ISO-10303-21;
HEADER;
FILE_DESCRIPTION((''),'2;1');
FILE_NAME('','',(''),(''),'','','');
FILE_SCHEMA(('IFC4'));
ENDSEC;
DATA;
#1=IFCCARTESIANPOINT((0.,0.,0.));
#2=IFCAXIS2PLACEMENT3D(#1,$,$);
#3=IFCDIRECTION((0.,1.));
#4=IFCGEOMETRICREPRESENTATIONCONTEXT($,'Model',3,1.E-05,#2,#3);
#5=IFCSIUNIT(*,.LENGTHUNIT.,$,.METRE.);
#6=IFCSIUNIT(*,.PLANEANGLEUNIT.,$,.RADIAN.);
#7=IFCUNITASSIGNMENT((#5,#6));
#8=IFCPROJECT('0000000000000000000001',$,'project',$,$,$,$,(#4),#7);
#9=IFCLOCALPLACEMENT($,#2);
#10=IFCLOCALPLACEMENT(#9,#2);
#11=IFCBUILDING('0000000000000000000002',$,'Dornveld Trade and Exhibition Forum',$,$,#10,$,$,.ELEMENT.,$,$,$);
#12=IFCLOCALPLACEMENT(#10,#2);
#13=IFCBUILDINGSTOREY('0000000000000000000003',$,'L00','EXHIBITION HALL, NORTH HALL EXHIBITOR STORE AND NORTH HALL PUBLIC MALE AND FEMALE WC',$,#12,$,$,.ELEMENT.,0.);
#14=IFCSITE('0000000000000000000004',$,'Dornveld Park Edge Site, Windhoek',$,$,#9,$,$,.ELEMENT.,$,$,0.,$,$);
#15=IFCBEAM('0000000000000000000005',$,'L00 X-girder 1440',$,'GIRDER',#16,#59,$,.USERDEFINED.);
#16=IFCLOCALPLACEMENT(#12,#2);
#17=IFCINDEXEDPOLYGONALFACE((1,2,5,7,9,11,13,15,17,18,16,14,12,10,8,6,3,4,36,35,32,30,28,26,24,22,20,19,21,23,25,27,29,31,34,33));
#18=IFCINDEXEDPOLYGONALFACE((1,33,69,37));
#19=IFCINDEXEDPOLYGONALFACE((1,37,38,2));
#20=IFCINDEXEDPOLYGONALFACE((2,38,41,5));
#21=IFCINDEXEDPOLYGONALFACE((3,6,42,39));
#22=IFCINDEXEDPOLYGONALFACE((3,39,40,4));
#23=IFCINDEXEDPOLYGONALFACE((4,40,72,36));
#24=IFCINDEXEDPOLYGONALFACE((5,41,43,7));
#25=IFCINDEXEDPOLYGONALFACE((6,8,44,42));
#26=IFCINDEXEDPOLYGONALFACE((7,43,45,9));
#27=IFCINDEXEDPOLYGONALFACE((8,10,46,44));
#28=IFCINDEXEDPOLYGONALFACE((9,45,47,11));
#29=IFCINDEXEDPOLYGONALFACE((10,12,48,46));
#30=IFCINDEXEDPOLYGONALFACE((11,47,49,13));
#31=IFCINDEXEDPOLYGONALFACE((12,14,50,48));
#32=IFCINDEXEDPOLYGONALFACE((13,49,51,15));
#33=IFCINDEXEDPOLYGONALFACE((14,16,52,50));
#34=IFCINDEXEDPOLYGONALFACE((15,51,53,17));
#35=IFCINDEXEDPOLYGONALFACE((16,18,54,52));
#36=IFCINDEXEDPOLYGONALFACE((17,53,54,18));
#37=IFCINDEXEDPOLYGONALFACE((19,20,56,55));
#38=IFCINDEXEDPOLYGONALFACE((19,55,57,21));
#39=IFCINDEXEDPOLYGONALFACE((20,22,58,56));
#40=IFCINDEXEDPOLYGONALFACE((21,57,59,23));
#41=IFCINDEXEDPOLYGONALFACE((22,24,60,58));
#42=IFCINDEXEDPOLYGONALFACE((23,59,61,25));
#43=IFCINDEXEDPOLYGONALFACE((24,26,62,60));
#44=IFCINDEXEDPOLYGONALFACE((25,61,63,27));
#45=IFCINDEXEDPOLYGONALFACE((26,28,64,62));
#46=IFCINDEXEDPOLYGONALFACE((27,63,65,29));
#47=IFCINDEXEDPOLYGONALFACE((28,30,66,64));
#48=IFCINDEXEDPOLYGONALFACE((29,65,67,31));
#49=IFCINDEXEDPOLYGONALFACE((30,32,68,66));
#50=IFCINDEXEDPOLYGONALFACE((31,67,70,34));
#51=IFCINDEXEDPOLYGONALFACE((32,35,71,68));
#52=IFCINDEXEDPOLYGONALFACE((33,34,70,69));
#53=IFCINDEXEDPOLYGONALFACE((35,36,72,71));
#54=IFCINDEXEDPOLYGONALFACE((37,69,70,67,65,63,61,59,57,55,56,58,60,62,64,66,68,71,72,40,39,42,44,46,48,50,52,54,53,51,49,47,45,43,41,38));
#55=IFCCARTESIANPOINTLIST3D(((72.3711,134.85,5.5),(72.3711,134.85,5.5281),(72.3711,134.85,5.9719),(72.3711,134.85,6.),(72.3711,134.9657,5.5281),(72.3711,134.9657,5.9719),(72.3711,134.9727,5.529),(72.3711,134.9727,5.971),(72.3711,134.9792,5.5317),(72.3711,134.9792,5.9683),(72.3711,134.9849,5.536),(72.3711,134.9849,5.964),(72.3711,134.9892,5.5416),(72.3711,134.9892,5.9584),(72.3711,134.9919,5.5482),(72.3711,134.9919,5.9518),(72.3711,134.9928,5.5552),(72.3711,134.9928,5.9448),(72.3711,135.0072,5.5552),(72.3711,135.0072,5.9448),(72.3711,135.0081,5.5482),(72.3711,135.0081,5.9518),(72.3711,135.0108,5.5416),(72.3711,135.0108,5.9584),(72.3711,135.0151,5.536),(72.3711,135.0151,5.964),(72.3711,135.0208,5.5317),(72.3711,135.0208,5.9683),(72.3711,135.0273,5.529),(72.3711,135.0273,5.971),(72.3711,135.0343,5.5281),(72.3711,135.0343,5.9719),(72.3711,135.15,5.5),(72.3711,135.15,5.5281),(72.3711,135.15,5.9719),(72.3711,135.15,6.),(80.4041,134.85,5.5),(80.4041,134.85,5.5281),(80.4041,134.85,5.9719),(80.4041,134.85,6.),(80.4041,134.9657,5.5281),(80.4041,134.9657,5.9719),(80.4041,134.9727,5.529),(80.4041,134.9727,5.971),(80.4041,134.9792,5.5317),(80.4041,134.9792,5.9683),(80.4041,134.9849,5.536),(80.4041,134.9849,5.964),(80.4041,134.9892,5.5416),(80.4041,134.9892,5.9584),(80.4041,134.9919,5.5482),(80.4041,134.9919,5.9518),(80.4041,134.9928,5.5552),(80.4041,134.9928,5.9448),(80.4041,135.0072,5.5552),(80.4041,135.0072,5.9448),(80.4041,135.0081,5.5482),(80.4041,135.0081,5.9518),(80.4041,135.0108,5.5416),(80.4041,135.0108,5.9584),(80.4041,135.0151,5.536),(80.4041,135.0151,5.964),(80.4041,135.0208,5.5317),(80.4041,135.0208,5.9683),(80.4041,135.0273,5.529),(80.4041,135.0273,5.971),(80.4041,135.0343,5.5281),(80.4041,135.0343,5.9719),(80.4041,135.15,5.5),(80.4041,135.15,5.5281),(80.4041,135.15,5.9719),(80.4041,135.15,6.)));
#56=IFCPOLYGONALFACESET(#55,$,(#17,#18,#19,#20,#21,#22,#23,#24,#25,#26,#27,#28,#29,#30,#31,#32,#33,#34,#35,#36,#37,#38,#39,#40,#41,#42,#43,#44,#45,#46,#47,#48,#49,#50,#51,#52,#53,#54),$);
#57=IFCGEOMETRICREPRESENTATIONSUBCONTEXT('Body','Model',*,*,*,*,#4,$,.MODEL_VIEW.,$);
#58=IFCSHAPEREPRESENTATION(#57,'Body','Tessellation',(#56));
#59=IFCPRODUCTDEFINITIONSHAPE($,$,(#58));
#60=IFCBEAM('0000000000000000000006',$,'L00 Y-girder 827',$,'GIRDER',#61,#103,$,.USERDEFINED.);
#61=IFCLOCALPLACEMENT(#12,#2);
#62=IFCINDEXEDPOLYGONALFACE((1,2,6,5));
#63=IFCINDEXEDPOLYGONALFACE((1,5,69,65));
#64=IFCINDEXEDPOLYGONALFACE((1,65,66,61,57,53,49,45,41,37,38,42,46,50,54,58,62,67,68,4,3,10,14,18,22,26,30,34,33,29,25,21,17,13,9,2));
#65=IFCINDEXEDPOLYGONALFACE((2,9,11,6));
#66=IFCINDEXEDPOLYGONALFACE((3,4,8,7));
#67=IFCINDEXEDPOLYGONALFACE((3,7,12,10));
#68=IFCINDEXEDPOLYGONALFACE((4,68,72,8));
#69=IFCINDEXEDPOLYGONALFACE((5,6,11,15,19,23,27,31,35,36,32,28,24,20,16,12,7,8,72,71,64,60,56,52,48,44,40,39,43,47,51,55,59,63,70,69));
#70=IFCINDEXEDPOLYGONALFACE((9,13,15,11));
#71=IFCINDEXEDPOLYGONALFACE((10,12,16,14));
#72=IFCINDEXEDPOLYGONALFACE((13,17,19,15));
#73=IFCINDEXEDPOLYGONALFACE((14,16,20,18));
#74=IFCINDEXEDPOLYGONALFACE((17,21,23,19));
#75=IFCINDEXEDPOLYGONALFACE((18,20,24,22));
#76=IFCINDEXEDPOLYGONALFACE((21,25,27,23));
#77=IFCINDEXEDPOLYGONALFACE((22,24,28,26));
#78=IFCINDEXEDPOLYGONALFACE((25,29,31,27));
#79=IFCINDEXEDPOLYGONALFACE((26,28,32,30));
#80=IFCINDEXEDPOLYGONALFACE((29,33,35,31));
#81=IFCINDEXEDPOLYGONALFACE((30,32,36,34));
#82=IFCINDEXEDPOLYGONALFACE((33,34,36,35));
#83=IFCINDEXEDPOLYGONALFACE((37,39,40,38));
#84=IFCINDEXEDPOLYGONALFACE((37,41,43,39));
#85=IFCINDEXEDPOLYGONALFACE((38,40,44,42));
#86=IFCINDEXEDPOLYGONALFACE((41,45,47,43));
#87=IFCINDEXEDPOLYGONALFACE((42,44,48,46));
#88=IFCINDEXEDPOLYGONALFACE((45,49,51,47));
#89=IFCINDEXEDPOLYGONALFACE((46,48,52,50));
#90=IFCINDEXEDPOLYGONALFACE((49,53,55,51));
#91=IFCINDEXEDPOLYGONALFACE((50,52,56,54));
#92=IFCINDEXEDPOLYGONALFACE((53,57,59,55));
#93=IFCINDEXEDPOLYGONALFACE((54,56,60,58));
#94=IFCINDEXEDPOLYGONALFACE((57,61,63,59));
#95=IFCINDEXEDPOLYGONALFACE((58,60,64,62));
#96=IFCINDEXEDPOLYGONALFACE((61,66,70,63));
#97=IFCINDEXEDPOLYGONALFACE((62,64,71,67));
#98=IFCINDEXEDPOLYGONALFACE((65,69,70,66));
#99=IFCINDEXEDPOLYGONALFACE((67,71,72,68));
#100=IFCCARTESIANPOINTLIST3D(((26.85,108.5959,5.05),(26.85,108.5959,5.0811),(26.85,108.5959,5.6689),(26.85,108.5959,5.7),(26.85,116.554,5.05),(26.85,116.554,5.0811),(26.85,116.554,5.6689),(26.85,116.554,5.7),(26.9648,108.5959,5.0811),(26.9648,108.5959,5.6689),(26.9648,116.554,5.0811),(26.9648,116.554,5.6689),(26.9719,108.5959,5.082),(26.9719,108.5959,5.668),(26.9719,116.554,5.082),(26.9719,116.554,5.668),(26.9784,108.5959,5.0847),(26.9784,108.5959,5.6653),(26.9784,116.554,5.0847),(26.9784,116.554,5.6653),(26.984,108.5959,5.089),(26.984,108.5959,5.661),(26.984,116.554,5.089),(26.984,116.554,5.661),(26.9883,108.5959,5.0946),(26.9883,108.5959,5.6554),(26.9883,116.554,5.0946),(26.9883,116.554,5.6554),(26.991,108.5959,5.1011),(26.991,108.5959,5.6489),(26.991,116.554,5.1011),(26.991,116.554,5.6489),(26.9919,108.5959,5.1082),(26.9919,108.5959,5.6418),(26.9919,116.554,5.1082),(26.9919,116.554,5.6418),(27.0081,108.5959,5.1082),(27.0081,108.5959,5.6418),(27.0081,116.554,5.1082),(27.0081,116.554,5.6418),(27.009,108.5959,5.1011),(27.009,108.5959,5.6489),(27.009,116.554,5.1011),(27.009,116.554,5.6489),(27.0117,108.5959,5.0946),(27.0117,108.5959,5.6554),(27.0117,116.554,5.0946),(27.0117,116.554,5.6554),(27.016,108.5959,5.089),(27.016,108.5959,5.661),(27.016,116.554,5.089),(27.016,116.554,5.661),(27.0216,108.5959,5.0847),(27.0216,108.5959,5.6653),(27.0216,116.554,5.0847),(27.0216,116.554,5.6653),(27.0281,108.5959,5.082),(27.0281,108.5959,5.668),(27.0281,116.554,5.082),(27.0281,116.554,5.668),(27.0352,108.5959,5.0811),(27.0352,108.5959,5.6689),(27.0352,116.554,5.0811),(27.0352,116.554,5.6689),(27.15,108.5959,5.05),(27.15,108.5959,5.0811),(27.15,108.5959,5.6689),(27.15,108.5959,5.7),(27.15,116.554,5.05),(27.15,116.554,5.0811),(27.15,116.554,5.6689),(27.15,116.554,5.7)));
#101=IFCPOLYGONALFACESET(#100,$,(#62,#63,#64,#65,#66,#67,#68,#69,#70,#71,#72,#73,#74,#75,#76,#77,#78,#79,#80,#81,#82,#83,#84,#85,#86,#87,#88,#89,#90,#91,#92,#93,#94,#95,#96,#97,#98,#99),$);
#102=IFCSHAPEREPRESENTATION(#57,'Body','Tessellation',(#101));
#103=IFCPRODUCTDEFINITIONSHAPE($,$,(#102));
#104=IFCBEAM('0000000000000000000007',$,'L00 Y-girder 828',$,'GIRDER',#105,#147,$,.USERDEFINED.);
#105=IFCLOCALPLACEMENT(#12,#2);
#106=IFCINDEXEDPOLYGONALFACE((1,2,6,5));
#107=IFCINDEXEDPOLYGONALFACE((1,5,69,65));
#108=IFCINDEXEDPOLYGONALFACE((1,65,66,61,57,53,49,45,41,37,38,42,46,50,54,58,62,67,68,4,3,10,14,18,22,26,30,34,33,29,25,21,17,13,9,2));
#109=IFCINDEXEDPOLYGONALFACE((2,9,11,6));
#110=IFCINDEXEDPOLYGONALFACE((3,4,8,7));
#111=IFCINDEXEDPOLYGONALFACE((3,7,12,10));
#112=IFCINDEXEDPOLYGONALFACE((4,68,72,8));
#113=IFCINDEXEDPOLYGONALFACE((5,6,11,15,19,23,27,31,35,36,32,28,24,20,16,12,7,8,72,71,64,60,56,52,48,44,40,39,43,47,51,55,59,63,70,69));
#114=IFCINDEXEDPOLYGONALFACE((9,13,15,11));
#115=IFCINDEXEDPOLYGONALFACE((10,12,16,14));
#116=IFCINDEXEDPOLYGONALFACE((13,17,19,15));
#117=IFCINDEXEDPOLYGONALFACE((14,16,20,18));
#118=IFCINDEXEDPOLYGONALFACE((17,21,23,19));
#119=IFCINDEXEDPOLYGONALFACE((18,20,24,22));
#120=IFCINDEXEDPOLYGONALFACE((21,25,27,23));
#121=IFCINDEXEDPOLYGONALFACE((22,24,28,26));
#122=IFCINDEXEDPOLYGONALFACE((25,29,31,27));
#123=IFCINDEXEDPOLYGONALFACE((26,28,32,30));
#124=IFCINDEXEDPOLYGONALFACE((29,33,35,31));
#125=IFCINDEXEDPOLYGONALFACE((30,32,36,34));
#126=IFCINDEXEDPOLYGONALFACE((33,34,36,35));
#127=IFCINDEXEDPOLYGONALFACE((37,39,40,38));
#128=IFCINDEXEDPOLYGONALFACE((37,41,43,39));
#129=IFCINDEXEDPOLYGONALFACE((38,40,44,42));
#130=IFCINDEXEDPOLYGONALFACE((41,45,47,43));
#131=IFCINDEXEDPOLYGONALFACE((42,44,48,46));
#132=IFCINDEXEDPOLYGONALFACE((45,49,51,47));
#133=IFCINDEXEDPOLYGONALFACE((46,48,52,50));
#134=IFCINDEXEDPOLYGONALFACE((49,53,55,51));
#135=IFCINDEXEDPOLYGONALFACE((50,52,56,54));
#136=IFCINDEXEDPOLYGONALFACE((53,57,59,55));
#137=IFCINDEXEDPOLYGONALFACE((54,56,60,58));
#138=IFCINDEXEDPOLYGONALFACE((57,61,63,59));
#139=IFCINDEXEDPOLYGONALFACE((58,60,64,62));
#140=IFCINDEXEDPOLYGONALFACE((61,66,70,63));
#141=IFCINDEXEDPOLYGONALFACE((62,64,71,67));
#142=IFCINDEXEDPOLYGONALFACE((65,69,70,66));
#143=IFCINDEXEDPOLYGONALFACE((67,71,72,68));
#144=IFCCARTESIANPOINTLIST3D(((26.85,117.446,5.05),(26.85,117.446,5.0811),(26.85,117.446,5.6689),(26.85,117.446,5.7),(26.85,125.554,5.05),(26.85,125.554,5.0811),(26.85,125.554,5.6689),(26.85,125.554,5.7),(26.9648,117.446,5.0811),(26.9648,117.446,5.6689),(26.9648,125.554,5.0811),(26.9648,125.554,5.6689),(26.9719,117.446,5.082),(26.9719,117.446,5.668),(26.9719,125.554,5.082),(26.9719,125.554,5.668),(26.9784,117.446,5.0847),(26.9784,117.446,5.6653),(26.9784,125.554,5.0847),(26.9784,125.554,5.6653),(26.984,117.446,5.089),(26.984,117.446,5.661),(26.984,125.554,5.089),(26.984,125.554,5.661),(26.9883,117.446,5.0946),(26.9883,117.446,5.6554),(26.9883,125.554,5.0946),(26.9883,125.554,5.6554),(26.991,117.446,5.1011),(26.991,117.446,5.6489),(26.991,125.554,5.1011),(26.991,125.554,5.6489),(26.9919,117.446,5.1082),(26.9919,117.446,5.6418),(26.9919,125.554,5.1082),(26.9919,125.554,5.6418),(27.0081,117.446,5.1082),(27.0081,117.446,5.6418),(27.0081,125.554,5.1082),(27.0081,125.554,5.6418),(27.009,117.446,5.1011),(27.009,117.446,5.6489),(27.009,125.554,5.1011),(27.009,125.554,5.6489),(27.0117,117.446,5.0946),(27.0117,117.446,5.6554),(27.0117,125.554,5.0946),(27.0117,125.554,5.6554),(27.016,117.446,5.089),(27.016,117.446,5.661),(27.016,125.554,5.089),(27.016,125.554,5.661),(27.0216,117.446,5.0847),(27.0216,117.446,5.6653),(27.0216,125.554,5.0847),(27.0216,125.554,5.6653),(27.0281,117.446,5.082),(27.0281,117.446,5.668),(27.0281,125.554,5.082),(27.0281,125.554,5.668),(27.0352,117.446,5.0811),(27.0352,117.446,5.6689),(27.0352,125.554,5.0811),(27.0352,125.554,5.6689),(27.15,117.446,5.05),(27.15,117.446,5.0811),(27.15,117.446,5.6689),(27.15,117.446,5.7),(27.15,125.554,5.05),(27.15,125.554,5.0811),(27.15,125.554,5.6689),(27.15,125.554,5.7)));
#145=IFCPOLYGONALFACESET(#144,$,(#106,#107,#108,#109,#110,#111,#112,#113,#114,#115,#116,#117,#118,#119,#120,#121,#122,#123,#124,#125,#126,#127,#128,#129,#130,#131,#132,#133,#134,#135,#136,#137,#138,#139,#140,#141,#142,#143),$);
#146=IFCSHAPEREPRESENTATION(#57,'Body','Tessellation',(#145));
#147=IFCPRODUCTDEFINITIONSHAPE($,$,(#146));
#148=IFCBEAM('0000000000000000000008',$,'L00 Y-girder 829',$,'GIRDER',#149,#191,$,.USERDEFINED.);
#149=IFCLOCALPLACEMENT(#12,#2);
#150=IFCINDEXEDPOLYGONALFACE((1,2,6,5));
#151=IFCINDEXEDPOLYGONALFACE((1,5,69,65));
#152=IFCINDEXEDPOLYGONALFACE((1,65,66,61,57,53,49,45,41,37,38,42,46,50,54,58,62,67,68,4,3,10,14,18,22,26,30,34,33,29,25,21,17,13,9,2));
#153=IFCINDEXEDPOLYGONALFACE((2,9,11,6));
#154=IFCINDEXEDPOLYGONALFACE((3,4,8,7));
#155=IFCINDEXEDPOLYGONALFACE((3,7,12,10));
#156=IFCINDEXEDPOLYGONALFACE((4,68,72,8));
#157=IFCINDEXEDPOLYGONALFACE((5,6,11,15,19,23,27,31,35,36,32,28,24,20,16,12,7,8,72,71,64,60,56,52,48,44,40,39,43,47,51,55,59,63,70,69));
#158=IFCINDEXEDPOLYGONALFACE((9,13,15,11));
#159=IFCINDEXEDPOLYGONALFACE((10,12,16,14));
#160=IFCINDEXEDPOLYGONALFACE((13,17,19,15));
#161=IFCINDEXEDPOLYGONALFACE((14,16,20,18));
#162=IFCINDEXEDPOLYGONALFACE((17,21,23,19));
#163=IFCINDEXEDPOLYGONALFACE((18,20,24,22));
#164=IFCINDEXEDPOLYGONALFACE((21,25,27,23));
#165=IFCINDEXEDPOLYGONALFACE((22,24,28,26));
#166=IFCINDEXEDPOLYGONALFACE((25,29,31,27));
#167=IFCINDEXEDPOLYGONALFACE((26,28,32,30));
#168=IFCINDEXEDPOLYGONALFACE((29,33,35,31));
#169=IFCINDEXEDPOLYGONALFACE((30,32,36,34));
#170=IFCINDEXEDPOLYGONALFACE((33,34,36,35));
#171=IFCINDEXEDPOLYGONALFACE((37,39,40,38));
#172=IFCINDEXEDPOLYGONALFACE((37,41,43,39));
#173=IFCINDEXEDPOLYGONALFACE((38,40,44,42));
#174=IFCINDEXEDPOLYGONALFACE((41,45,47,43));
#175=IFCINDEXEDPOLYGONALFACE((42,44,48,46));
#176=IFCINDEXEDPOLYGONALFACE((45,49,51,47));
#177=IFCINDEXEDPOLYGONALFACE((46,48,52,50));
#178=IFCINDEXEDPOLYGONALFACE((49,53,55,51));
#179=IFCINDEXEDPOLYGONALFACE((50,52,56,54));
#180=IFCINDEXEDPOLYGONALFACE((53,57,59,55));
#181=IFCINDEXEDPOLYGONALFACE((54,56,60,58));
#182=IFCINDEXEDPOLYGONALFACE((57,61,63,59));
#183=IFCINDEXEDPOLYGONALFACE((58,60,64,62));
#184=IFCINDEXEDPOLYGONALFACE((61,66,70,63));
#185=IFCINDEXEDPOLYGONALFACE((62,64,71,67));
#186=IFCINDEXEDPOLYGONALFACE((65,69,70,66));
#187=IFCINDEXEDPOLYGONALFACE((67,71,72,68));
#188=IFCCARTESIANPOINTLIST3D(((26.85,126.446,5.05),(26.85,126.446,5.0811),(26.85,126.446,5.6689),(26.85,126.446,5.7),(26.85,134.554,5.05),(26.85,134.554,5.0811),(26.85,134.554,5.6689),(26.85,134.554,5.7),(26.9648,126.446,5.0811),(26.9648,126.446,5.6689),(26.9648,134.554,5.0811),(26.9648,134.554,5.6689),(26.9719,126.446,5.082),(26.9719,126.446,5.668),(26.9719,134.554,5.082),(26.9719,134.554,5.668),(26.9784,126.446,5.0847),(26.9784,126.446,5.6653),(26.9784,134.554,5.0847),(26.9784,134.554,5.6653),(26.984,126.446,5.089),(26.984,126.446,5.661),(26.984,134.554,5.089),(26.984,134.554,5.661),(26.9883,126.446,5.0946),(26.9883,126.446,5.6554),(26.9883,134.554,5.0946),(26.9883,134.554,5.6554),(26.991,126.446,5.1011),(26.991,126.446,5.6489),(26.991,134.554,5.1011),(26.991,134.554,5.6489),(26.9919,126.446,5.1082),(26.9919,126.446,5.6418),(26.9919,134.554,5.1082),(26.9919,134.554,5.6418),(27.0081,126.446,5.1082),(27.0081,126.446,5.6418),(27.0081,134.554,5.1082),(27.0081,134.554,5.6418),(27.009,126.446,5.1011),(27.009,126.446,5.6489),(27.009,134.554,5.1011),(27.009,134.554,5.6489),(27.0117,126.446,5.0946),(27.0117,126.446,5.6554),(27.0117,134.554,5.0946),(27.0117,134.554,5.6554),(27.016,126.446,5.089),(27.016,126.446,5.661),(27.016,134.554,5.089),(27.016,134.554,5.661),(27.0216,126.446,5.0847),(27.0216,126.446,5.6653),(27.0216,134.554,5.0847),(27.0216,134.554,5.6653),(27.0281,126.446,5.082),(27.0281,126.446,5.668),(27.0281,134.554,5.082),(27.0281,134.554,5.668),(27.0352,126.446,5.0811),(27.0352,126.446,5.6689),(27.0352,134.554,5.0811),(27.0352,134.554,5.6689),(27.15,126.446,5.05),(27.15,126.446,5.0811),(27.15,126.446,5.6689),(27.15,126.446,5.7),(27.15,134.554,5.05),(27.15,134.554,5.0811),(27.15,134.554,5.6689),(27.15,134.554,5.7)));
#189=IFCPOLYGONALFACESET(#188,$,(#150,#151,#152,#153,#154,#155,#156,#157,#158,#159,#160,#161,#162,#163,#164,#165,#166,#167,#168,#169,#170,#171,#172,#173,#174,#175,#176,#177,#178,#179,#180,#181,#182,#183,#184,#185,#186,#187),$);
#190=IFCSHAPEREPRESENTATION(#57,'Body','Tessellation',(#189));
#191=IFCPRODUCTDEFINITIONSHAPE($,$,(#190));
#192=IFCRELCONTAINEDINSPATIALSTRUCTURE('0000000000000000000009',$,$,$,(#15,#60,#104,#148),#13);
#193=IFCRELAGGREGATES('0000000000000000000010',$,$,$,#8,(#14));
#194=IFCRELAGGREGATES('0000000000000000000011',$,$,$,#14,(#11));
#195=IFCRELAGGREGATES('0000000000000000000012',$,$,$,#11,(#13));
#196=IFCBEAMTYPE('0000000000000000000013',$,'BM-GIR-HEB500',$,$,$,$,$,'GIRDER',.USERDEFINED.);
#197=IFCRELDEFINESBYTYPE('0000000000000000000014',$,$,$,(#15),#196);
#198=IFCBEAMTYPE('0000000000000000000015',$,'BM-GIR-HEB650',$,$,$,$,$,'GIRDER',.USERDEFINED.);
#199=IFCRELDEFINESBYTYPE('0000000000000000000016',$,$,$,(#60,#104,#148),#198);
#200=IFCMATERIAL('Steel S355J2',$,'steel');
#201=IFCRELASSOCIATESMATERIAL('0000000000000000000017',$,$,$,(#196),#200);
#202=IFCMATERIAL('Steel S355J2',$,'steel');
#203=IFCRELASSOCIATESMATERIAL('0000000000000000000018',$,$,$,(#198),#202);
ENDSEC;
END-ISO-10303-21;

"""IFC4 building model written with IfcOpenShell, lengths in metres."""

from ifc_helpers import new_model, si_unit, direction, frame, origin, origin_2d, place, context, subcontext, project, spatial, i_section, extrude, material, material_profile, profile_set, type_object, element, save


model = new_model("IFC4")

# Units and contexts
model_context = context("Model", 3, precision=1e-05, world=origin(), true_north=direction((0.0, 1.0)))
body_context = subcontext(model_context, "Body", "Model", "MODEL_VIEW")
ifc_project = project(units=[si_unit("LENGTHUNIT", "METRE"), si_unit("PLANEANGLEUNIT", "RADIAN")], contexts=[model_context])

# Site, building, storey
site_placement = place(None, origin())
site = spatial("IfcSite", under=ifc_project, at=site_placement, Name="Dornveld Park Edge Site, Windhoek", CompositionType="ELEMENT", RefElevation=0.0)
building_placement = place(site_placement, origin())
building = spatial("IfcBuilding", under=site, at=building_placement, Name="Dornveld Trade and Exhibition Forum", CompositionType="ELEMENT")
storey_placement = place(building_placement, origin())
storey = spatial("IfcBuildingStorey", under=building, at=storey_placement, Name="L00", Description="EXHIBITION HALL, NORTH HALL EXHIBITOR STORE AND NORTH HALL PUBLIC MALE AND FEMALE WC", CompositionType="ELEMENT", Elevation=0.0)

# Beams
ifc_material_1 = material(Name="Steel S355J2", Category="steel")
ifc_material_profile_1 = material_profile(ifc_material_1, i_section(OverallWidth=0.3, OverallDepth=0.5, WebThickness=0.0144, FlangeThickness=0.0281, FilletRadius=0.0271, at=origin_2d()), Name="HEB 500")
ifc_profile_set_1 = profile_set([ifc_material_profile_1], Name="Steel S355J2")
beam_type_1 = type_object("IfcBeamType", Name="BM-GIR-HEB500", ElementType="GIRDER", PredefinedType="USERDEFINED", material=ifc_profile_set_1)
beam_1_placement = place(storey_placement, frame((72.3711, 135.0, 5.75), z_axis=(1.0, 0.0, 0.0), x_axis=(0.0, 1.0, 0.0)))
element("IfcBeam", 1, at=beam_1_placement, inside=storey, type_object=beam_type_1, Name="L00 X-girder 1440", ObjectType="GIRDER", PredefinedType="USERDEFINED", context=body_context, shape_type="SweptSolid", body=[
    extrude(i_section(OverallWidth=0.3, OverallDepth=0.5, WebThickness=0.0144, FlangeThickness=0.0281, FilletRadius=0.0271, at=origin_2d()), origin(), (0.0, 0.0, 1.0), 8.033),
])
ifc_material_2 = material(Name="Steel S355J2", Category="steel")
ifc_material_profile_2 = material_profile(ifc_material_2, i_section(OverallWidth=0.3, OverallDepth=0.6499, WebThickness=0.0161, FlangeThickness=0.031, FilletRadius=0.0271, at=origin_2d()), Name="HEB 650")
ifc_profile_set_2 = profile_set([ifc_material_profile_2], Name="Steel S355J2")
beam_type_2 = type_object("IfcBeamType", Name="BM-GIR-HEB650", ElementType="GIRDER", PredefinedType="USERDEFINED", material=ifc_profile_set_2)
beam_2_placement = place(storey_placement, frame((27.0, 108.5959, 5.375), z_axis=(0.0, 1.0, 0.0), x_axis=(-1.0, 0.0, 0.0)))
element("IfcBeam", 2, at=beam_2_placement, inside=storey, type_object=beam_type_2, Name="L00 Y-girder 827", ObjectType="GIRDER", PredefinedType="USERDEFINED", context=body_context, shape_type="SweptSolid", body=[
    extrude(i_section(OverallWidth=0.3, OverallDepth=0.6499, WebThickness=0.0161, FlangeThickness=0.031, FilletRadius=0.0271, at=origin_2d()), origin(), (0.0, 0.0, 1.0), 7.958),
])
for number, where, z_axis, x_axis, name in (
    (3, (27.0, 117.446, 5.375), (0.0, 1.0, 0.0), (-1.0, 0.0, 0.0), "L00 Y-girder 828"),
    (4, (27.0, 126.446, 5.375), (0.0, 1.0, 0.0), (-1.0, 0.0, 0.0), "L00 Y-girder 829"),
):
    element("IfcBeam", number, at=place(storey_placement, frame(where, z_axis=z_axis, x_axis=x_axis)), inside=storey, type_object=beam_type_2, Name=name, ObjectType="GIRDER", PredefinedType="USERDEFINED", context=body_context, shape_type="SweptSolid", body=[
        extrude(i_section(OverallWidth=0.3, OverallDepth=0.6499, WebThickness=0.0161, FlangeThickness=0.031, FilletRadius=0.0271, at=origin_2d()), origin(), (0.0, 0.0, 1.0), 8.1079),
    ])

save(model, "model.ifc")
